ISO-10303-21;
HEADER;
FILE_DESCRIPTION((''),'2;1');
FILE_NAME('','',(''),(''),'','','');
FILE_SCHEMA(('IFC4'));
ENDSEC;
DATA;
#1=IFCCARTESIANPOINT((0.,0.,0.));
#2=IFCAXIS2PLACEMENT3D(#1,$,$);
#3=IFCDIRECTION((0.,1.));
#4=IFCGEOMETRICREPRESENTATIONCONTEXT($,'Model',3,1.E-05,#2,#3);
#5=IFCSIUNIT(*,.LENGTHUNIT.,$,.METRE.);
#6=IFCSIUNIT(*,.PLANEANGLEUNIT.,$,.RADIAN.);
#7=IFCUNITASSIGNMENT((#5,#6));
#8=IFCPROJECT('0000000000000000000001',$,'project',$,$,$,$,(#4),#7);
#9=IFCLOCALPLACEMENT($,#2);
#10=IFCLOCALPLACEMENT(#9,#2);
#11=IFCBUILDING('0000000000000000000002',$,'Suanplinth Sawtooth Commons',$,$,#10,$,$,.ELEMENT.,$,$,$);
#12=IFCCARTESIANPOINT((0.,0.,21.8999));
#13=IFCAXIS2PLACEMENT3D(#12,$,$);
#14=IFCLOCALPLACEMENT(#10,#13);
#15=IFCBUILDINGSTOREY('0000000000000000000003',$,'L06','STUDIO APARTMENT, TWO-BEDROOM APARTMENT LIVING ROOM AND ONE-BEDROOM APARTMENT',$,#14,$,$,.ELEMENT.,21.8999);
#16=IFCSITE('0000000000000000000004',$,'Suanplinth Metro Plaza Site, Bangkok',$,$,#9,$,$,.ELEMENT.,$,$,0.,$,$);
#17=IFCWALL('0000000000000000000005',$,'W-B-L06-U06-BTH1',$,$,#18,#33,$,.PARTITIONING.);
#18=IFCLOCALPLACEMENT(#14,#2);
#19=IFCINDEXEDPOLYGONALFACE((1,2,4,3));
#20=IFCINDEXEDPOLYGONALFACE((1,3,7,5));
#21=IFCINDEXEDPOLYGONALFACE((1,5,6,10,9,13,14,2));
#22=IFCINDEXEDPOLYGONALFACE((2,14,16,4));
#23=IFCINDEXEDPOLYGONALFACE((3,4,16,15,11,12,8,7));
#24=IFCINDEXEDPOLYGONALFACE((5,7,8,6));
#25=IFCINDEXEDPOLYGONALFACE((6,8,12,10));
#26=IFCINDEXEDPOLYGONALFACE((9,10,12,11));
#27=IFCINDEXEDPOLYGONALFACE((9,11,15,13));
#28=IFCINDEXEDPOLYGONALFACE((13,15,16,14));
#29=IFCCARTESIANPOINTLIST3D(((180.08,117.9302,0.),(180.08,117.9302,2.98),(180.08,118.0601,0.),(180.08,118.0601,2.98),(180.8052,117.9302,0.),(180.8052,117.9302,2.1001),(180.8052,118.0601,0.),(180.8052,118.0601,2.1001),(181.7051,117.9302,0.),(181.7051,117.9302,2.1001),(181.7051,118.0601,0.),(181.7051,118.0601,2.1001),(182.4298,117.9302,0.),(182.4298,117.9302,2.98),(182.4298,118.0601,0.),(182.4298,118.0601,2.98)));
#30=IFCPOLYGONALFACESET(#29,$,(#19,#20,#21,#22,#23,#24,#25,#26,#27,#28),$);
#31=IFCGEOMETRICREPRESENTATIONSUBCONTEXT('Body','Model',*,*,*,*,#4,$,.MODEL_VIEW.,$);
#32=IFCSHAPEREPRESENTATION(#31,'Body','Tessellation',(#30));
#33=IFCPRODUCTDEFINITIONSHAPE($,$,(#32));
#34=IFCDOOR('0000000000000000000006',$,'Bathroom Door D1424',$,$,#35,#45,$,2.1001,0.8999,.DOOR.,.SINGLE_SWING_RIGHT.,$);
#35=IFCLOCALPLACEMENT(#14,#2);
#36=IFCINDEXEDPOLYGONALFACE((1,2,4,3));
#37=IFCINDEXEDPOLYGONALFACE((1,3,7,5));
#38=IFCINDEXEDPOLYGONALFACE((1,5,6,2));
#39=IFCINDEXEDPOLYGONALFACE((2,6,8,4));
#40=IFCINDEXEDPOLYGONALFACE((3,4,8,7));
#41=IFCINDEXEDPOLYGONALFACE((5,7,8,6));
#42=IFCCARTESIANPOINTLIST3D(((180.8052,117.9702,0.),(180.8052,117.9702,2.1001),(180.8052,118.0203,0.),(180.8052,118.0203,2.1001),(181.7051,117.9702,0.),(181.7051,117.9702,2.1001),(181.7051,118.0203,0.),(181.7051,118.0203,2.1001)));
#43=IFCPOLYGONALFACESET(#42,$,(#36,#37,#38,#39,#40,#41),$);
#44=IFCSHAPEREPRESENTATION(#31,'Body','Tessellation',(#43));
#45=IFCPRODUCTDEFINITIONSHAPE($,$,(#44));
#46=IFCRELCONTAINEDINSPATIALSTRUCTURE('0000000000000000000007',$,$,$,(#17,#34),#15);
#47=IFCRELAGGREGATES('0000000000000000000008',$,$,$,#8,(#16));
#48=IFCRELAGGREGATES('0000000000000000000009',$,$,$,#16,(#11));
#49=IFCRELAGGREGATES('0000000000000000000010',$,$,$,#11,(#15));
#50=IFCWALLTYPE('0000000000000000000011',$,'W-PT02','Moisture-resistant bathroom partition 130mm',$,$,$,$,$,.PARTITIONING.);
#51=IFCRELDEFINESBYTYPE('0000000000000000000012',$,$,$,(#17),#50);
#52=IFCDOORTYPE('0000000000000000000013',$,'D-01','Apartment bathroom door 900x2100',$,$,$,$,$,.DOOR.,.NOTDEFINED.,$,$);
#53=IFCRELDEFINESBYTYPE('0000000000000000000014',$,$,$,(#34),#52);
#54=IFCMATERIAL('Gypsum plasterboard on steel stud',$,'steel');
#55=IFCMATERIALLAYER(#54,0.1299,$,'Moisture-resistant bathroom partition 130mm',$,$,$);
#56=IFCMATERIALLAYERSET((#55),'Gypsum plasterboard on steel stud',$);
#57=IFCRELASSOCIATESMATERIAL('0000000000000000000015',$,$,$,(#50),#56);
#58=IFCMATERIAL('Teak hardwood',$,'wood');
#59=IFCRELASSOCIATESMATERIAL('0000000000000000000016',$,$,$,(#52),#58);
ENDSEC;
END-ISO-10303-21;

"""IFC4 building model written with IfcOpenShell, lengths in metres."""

from ifc_helpers import new_model, si_unit, direction, frame, frame_2d, origin, place, context, subcontext, project, spatial, rectangle, extrude, material, layer, layer_set, type_object, element, fill, save


model = new_model("IFC4")

# Units and contexts
model_context = context("Model", 3, precision=1e-05, world=origin(), true_north=direction((0.0, 1.0)))
body_context = subcontext(model_context, "Body", "Model", "MODEL_VIEW")
ifc_project = project(units=[si_unit("LENGTHUNIT", "METRE"), si_unit("PLANEANGLEUNIT", "RADIAN")], contexts=[model_context])

# Site, building, storey
site_placement = place(None, origin())
site = spatial("IfcSite", under=ifc_project, at=site_placement, Name="Suanplinth Metro Plaza Site, Bangkok", CompositionType="ELEMENT", RefElevation=0.0)
building_placement = place(site_placement, origin())
building = spatial("IfcBuilding", under=site, at=building_placement, Name="Suanplinth Sawtooth Commons", CompositionType="ELEMENT")
storey_placement = place(building_placement, frame((0.0, 0.0, 21.8999)))
storey = spatial("IfcBuildingStorey", under=building, at=storey_placement, Name="L06", Description="STUDIO APARTMENT, TWO-BEDROOM APARTMENT LIVING ROOM AND ONE-BEDROOM APARTMENT", CompositionType="ELEMENT", Elevation=21.8999)

# Wall, opening, door
ifc_material_1 = material(Name="Gypsum plasterboard on steel stud", Category="steel")
ifc_material_2 = material(Name="Teak hardwood", Category="wood")
ifc_layer_1 = layer(ifc_material_1, 0.1299, Name="Moisture-resistant bathroom partition 130mm")
ifc_layer_set_1 = layer_set([ifc_layer_1], Name="Gypsum plasterboard on steel stud")
wall_type_1 = type_object("IfcWallType", Name="W-PT02", Description="Moisture-resistant bathroom partition 130mm", PredefinedType="PARTITIONING", material=ifc_layer_set_1)
wall_1_placement = place(storey_placement, frame((180.0801, 117.9951, 0.0), z_axis=(0.0, 0.0, 1.0), x_axis=(1.0, 0.0, 0.0)))
wall_1 = element("IfcWall", 1, at=wall_1_placement, inside=storey, type_object=wall_type_1, Name="W-B-L06-U06-BTH1", PredefinedType="PARTITIONING", context=body_context, shape_type="SweptSolid", body=[
    extrude(rectangle(XDim=2.3499, YDim=0.1299, at=frame_2d((1.1748, 0.0))), origin(), (0.0, 0.0, 1.0), 2.98),
])
opening_1_placement = place(wall_1_placement, frame((0.7251, 0.0, 0.0)))
opening_1 = element("IfcOpeningElement", 2, at=opening_1_placement, cuts=wall_1, PredefinedType="OPENING", context=body_context, shape_type="SweptSolid", body=[
    extrude(rectangle(XDim=0.8999, YDim=2.1001, at=frame_2d((0.45, 1.05))), frame((0.0, 0.0798, 0.0), z_axis=(0.0, -1.0, 0.0), x_axis=(1.0, 0.0, 0.0)), (0.0, 0.0, 1.0), 0.1597),
])
door_type_1 = type_object("IfcDoorType", Name="D-01", Description="Apartment bathroom door 900x2100", OperationType="NOTDEFINED", PredefinedType="DOOR", material=ifc_material_2)
door_1_placement = place(opening_1_placement, frame((0.8999, 0.0, 0.0), z_axis=(0.0, 0.0, 1.0), x_axis=(-1.0, 0.0, 0.0)))
door_1 = element("IfcDoor", 3, at=door_1_placement, inside=storey, type_object=door_type_1, Name="Bathroom Door D1424", OperationType="SINGLE_SWING_RIGHT", OverallHeight=2.1001, OverallWidth=0.8999, PredefinedType="DOOR", context=body_context, shape_type="SweptSolid", body=[
    extrude(rectangle(XDim=0.8999, YDim=2.1001, at=frame_2d((0.45, 1.05))), frame((0.0, 0.0249, 0.0), z_axis=(0.0, -1.0, 0.0), x_axis=(1.0, 0.0, 0.0)), (0.0, 0.0, 1.0), 0.05),
])
fill(opening_1, door_1)

save(model, "model.ifc")
